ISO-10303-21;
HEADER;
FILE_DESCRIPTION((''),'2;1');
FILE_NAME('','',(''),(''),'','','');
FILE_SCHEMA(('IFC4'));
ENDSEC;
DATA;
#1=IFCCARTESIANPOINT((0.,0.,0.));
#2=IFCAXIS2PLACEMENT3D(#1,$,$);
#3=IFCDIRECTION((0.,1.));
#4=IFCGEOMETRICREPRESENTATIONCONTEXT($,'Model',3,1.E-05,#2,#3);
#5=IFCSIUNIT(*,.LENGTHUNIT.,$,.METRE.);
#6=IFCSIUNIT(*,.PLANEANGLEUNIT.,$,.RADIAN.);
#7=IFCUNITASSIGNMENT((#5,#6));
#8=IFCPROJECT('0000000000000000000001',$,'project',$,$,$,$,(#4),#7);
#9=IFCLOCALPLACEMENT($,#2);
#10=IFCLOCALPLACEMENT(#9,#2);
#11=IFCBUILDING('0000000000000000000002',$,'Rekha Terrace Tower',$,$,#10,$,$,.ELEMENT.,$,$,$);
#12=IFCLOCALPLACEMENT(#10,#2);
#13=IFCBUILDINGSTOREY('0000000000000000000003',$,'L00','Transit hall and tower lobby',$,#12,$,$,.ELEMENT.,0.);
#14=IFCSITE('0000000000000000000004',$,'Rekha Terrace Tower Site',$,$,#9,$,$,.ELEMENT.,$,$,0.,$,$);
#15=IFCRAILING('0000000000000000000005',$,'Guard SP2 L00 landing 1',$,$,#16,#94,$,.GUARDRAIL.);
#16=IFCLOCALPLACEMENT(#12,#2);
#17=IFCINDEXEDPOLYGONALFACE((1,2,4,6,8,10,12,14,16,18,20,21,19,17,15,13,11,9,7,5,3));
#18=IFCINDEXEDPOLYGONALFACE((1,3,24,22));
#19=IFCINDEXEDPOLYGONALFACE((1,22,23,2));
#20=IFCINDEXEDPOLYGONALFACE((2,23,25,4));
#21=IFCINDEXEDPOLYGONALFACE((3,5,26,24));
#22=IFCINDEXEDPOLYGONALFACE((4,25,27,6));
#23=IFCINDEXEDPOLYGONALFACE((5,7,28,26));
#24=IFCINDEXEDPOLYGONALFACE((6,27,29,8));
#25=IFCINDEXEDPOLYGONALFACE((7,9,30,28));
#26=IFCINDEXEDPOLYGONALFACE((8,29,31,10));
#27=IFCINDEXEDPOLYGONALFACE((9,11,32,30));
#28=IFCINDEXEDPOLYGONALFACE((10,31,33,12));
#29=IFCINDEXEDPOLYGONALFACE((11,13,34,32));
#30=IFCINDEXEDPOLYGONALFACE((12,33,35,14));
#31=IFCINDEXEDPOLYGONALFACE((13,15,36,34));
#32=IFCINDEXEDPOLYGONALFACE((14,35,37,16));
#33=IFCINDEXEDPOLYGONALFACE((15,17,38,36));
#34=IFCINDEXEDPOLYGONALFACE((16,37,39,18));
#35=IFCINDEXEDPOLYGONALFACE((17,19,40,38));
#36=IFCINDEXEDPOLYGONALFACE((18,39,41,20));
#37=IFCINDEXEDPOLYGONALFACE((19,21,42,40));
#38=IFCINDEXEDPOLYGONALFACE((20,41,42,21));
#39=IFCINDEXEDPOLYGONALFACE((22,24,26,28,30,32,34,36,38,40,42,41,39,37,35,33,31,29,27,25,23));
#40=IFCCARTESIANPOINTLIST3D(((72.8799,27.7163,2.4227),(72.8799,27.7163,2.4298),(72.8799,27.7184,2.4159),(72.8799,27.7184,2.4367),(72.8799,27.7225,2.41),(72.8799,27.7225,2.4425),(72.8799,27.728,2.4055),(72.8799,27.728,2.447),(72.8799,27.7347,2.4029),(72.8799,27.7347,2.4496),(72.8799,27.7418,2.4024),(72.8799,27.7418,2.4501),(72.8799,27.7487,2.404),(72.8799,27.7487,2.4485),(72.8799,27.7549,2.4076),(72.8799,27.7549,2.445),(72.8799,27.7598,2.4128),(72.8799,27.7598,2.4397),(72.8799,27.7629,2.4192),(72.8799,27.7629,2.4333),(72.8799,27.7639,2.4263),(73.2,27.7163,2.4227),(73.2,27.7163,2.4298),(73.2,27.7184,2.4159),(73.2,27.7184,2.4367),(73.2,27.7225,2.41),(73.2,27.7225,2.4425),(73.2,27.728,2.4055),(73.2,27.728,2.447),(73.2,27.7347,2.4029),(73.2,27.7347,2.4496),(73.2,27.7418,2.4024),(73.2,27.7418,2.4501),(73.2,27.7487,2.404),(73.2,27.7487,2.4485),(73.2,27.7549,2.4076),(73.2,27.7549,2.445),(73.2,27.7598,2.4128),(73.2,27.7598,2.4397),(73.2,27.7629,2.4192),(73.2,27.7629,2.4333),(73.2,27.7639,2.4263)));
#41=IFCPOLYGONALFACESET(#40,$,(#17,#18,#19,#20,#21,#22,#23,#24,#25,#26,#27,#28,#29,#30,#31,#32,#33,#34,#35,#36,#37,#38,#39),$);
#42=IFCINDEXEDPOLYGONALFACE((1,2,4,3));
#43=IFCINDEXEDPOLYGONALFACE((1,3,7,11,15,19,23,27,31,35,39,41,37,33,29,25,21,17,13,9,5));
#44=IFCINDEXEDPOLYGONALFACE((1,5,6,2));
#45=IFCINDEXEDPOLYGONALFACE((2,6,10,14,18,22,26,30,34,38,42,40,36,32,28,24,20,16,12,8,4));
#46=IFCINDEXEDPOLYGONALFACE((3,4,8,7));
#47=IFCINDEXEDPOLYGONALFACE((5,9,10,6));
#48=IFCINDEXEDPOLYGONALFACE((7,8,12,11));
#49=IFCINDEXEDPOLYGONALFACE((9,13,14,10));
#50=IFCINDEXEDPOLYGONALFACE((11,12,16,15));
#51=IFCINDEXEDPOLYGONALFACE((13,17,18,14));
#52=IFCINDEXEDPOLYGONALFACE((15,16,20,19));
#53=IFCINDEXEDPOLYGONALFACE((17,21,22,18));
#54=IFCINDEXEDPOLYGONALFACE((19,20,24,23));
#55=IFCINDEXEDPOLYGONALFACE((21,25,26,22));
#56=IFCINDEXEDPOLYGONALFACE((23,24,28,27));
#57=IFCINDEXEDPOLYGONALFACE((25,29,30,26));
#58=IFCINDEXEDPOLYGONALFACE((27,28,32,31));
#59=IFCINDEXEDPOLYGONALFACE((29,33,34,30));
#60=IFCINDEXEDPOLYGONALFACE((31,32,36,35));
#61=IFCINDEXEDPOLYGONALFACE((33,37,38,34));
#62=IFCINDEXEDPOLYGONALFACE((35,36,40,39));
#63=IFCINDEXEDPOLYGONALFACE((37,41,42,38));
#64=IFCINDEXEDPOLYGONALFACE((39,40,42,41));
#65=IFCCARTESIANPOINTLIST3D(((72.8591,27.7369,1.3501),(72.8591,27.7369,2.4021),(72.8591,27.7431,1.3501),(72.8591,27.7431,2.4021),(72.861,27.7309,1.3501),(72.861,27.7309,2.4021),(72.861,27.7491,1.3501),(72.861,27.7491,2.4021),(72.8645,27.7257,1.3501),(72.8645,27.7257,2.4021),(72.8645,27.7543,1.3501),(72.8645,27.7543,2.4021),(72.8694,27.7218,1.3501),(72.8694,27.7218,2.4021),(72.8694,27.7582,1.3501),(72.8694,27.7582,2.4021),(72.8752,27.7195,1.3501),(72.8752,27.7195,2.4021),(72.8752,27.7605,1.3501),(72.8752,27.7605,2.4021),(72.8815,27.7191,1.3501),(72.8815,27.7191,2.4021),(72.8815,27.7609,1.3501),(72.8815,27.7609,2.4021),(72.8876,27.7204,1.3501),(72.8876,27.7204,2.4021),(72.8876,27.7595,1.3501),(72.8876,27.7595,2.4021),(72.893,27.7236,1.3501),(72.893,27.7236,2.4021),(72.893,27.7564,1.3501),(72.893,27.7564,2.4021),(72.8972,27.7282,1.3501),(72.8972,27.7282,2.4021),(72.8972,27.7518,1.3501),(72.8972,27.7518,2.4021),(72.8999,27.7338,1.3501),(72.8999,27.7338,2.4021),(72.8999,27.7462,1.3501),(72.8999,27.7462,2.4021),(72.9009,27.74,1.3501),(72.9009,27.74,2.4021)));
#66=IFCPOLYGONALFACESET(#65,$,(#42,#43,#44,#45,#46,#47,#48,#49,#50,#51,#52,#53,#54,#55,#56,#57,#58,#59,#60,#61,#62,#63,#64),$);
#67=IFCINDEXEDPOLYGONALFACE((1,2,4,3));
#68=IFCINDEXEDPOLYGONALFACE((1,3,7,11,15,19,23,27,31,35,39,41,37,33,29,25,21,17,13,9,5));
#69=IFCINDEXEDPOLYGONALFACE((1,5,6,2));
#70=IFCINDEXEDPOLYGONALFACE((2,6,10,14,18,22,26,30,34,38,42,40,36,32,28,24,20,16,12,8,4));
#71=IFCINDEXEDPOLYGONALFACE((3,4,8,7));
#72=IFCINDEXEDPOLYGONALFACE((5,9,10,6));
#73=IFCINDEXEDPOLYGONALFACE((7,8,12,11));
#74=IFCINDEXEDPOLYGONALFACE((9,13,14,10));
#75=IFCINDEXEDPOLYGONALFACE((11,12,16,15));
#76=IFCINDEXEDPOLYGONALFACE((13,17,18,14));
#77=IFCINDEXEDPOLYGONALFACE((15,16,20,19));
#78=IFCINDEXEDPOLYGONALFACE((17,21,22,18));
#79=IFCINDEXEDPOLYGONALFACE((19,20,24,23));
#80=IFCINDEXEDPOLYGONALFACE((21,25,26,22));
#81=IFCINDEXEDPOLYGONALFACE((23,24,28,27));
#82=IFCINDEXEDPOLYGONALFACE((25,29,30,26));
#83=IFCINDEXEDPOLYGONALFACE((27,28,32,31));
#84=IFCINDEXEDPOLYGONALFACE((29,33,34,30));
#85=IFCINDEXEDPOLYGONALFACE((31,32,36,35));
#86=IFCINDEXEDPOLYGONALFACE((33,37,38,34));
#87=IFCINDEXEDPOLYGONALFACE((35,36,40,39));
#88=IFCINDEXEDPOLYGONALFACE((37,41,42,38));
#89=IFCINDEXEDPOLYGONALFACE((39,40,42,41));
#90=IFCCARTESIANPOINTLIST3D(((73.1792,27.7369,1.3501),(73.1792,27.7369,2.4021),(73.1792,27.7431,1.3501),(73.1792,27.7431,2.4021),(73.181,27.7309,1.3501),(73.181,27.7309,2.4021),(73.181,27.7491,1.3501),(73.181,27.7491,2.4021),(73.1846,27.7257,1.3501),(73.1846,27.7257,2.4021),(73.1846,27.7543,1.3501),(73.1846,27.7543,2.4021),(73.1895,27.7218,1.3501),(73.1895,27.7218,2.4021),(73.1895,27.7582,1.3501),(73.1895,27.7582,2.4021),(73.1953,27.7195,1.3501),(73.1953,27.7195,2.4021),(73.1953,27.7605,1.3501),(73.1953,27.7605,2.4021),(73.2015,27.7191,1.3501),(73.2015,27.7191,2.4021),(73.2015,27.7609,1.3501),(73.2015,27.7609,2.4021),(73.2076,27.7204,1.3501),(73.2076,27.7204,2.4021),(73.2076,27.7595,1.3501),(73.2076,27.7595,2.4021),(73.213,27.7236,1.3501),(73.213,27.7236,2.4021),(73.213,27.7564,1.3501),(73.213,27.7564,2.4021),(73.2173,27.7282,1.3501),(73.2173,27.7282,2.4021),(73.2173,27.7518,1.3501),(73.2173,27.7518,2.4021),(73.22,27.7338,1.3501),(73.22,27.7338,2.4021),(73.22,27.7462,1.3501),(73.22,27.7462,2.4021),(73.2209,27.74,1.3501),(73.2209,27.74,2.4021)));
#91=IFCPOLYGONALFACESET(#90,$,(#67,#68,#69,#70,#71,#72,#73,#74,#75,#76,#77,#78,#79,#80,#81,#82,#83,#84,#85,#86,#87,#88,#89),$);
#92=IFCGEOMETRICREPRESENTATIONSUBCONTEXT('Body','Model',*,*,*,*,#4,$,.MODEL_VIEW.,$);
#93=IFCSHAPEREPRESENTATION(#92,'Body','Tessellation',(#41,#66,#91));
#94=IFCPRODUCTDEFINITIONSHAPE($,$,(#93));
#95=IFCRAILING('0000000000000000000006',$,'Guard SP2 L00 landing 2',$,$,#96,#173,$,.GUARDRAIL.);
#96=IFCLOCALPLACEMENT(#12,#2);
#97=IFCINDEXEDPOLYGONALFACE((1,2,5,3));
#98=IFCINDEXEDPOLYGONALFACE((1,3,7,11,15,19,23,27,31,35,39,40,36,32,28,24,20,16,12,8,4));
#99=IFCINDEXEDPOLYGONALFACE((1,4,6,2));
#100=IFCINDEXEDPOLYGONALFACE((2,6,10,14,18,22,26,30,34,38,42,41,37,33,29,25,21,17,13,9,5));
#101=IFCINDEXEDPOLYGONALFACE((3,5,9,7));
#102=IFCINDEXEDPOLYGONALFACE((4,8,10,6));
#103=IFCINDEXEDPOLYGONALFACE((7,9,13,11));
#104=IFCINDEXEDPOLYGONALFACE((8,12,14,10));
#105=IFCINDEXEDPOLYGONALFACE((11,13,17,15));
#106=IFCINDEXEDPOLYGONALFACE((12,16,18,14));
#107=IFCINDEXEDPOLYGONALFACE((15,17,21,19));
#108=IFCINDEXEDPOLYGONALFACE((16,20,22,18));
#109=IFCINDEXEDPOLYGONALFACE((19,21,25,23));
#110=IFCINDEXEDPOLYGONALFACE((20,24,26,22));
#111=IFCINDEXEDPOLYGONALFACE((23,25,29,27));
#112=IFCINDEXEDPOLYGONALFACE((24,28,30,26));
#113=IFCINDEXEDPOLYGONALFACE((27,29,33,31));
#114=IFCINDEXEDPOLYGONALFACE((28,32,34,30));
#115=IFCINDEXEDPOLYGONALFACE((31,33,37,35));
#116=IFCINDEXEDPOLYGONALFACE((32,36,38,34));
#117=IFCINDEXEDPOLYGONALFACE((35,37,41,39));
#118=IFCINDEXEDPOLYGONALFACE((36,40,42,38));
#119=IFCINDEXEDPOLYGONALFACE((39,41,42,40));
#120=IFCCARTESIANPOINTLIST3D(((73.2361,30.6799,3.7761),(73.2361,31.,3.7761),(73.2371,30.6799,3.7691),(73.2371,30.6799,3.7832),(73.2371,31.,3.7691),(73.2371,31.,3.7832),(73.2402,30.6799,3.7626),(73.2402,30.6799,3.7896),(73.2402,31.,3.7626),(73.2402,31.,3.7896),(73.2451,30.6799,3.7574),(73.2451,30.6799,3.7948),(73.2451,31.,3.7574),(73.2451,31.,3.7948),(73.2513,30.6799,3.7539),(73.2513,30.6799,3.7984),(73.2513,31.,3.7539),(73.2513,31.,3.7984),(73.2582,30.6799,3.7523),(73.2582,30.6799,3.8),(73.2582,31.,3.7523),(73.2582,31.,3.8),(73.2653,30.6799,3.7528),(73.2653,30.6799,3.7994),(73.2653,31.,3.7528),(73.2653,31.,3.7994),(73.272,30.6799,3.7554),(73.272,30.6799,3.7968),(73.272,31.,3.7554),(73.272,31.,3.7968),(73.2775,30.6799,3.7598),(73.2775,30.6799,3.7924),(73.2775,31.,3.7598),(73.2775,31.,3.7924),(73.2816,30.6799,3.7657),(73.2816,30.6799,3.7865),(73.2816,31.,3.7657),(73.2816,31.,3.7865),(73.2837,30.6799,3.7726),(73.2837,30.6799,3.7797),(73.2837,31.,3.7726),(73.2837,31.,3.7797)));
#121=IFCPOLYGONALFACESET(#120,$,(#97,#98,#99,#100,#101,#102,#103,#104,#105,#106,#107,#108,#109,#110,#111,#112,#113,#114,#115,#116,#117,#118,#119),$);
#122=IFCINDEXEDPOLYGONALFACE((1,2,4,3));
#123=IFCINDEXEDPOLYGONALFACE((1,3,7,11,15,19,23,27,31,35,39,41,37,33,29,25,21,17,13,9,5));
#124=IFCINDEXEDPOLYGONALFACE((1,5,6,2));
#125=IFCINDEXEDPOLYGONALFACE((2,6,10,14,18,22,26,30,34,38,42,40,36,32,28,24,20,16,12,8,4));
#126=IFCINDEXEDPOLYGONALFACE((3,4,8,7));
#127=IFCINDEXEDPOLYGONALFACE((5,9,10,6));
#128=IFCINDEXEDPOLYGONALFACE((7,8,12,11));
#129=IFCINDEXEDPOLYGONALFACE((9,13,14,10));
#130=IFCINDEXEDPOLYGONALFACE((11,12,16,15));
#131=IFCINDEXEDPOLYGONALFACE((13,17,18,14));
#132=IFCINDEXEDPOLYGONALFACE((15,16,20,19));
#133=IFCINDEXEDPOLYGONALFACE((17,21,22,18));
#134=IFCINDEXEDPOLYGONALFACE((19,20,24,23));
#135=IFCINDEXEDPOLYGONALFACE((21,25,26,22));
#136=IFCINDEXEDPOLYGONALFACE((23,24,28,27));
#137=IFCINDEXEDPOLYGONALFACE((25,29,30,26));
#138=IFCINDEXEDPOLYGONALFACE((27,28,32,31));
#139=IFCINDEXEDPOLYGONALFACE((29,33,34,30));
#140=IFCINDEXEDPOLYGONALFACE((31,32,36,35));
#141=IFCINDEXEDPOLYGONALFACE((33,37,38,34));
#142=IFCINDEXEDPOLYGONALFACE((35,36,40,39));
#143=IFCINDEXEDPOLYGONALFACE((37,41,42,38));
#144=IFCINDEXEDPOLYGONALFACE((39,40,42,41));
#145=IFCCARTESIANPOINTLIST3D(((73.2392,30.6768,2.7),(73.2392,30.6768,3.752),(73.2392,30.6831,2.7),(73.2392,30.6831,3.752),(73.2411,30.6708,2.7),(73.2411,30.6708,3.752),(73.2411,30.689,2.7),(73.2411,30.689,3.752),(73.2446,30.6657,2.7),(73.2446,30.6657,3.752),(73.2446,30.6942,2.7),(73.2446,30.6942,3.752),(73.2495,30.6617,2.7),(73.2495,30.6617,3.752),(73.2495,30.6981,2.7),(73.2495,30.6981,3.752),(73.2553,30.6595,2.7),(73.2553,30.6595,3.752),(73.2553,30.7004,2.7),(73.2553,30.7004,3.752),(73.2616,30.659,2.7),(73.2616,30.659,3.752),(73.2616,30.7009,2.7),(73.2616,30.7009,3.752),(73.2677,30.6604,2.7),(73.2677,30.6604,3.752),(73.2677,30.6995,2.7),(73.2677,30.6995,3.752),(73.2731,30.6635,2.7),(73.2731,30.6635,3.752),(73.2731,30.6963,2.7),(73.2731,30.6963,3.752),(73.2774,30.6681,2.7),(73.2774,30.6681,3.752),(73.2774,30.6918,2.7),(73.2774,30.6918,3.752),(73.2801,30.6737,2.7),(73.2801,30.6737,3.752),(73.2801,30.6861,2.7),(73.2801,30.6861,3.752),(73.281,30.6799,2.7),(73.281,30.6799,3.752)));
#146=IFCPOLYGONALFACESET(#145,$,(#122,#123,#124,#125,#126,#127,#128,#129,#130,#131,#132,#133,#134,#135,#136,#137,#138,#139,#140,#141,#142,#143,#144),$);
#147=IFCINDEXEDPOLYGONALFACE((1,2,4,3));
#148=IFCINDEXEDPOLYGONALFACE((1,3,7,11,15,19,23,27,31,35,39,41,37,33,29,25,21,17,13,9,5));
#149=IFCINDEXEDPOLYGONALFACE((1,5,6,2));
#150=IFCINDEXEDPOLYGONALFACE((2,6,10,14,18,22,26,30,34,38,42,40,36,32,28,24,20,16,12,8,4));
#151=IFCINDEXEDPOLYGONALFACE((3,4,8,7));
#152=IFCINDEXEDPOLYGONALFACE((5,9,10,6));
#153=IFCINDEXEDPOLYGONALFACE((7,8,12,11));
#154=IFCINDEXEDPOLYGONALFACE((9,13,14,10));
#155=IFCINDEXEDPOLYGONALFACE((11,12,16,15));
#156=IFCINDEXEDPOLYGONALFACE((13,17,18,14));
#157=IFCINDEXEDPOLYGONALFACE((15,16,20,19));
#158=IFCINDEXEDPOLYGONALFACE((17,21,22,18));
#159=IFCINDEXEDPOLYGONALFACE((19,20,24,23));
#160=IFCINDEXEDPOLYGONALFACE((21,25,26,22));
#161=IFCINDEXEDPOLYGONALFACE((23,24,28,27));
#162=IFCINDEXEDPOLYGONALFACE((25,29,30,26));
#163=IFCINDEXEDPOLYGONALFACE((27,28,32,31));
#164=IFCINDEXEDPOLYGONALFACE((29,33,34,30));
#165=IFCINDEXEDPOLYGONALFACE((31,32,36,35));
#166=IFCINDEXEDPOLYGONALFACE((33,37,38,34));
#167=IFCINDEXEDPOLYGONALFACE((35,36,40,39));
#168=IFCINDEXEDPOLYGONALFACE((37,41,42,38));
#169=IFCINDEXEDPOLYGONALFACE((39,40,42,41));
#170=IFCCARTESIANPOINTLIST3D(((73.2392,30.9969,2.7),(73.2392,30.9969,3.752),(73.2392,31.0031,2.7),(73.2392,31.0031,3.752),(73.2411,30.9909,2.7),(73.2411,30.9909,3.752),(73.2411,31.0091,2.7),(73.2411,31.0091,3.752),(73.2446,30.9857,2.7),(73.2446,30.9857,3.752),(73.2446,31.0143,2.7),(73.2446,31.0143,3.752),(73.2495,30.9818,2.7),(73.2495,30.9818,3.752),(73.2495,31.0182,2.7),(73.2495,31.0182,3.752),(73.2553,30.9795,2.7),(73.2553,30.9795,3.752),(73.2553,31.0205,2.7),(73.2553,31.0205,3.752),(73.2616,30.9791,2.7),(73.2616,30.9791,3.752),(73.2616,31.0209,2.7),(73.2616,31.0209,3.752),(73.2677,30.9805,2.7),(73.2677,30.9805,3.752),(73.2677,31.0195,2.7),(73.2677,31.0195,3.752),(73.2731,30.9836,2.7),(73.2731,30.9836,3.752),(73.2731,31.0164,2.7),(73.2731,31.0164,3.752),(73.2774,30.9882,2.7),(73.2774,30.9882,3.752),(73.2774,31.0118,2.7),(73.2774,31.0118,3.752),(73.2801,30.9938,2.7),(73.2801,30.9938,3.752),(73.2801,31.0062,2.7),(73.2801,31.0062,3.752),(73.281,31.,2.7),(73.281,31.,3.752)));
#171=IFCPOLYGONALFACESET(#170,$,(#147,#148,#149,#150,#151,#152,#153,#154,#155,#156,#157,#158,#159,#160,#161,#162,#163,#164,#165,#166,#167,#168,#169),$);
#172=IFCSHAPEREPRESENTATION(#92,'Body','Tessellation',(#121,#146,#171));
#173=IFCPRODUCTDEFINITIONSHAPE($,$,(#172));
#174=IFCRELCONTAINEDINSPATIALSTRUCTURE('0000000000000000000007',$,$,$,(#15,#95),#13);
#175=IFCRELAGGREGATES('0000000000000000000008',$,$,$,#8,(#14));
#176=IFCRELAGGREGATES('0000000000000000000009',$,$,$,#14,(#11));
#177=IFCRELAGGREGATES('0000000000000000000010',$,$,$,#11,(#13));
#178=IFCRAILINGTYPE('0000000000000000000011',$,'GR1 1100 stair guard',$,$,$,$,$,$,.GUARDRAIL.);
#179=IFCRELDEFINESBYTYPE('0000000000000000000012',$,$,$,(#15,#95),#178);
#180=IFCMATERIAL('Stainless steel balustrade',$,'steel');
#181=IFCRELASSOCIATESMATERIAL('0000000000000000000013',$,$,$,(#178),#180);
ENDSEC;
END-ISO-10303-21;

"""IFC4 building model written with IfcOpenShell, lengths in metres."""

from ifc_helpers import new_model, si_unit, direction, frame, origin, origin_2d, place, context, subcontext, project, spatial, circle, extrude, material, type_object, element, save


model = new_model("IFC4")

# Units and contexts
model_context = context("Model", 3, precision=1e-05, world=origin(), true_north=direction((0.0, 1.0)))
body_context = subcontext(model_context, "Body", "Model", "MODEL_VIEW")
ifc_project = project(units=[si_unit("LENGTHUNIT", "METRE"), si_unit("PLANEANGLEUNIT", "RADIAN")], contexts=[model_context])

# Site, building, storey
site_placement = place(None, origin())
site = spatial("IfcSite", under=ifc_project, at=site_placement, Name="Rekha Terrace Tower Site", CompositionType="ELEMENT", RefElevation=0.0)
building_placement = place(site_placement, origin())
building = spatial("IfcBuilding", under=site, at=building_placement, Name="Rekha Terrace Tower", CompositionType="ELEMENT")
storey_placement = place(building_placement, origin())
storey = spatial("IfcBuildingStorey", under=building, at=storey_placement, Name="L00", Description="Transit hall and tower lobby", CompositionType="ELEMENT", Elevation=0.0)

# Railings
ifc_material_1 = material(Name="Stainless steel balustrade", Category="steel")
railing_type_1 = type_object("IfcRailingType", Name="GR1 1100 stair guard", PredefinedType="GUARDRAIL", material=ifc_material_1)
railing_1_placement = place(storey_placement, frame((72.8799, 27.74, 1.3501)))
element("IfcRailing", 1, at=railing_1_placement, inside=storey, type_object=railing_type_1, Name="Guard SP2 L00 landing 1", PredefinedType="GUARDRAIL", context=body_context, shape_type="SweptSolid", body=[
    extrude(circle(Radius=0.0239, at=origin_2d()), frame((0.0, 0.0, 1.0762), z_axis=(1.0, 0.0, 0.0), x_axis=(0.0, 1.0, 0.0)), (0.0, 0.0, 1.0), 0.3201),
    extrude(circle(Radius=0.021, at=origin_2d()), origin(), (0.0, 0.0, 1.0), 1.052),
    extrude(circle(Radius=0.021, at=origin_2d()), frame((0.3201, 0.0, 0.0)), (0.0, 0.0, 1.0), 1.052),
])
railing_2_placement = place(storey_placement, frame((73.26, 30.6799, 2.7)))
element("IfcRailing", 2, at=railing_2_placement, inside=storey, type_object=railing_type_1, Name="Guard SP2 L00 landing 2", PredefinedType="GUARDRAIL", context=body_context, shape_type="SweptSolid", body=[
    extrude(circle(Radius=0.0239, at=origin_2d()), frame((0.0, 0.0, 1.0762), z_axis=(0.0, 1.0, 0.0), x_axis=(-1.0, 0.0, 0.0)), (0.0, 0.0, 1.0), 0.3201),
    extrude(circle(Radius=0.021, at=origin_2d()), origin(), (0.0, 0.0, 1.0), 1.052),
    extrude(circle(Radius=0.021, at=origin_2d()), frame((0.0, 0.3201, 0.0)), (0.0, 0.0, 1.0), 1.052),
])

save(model, "model.ifc")
